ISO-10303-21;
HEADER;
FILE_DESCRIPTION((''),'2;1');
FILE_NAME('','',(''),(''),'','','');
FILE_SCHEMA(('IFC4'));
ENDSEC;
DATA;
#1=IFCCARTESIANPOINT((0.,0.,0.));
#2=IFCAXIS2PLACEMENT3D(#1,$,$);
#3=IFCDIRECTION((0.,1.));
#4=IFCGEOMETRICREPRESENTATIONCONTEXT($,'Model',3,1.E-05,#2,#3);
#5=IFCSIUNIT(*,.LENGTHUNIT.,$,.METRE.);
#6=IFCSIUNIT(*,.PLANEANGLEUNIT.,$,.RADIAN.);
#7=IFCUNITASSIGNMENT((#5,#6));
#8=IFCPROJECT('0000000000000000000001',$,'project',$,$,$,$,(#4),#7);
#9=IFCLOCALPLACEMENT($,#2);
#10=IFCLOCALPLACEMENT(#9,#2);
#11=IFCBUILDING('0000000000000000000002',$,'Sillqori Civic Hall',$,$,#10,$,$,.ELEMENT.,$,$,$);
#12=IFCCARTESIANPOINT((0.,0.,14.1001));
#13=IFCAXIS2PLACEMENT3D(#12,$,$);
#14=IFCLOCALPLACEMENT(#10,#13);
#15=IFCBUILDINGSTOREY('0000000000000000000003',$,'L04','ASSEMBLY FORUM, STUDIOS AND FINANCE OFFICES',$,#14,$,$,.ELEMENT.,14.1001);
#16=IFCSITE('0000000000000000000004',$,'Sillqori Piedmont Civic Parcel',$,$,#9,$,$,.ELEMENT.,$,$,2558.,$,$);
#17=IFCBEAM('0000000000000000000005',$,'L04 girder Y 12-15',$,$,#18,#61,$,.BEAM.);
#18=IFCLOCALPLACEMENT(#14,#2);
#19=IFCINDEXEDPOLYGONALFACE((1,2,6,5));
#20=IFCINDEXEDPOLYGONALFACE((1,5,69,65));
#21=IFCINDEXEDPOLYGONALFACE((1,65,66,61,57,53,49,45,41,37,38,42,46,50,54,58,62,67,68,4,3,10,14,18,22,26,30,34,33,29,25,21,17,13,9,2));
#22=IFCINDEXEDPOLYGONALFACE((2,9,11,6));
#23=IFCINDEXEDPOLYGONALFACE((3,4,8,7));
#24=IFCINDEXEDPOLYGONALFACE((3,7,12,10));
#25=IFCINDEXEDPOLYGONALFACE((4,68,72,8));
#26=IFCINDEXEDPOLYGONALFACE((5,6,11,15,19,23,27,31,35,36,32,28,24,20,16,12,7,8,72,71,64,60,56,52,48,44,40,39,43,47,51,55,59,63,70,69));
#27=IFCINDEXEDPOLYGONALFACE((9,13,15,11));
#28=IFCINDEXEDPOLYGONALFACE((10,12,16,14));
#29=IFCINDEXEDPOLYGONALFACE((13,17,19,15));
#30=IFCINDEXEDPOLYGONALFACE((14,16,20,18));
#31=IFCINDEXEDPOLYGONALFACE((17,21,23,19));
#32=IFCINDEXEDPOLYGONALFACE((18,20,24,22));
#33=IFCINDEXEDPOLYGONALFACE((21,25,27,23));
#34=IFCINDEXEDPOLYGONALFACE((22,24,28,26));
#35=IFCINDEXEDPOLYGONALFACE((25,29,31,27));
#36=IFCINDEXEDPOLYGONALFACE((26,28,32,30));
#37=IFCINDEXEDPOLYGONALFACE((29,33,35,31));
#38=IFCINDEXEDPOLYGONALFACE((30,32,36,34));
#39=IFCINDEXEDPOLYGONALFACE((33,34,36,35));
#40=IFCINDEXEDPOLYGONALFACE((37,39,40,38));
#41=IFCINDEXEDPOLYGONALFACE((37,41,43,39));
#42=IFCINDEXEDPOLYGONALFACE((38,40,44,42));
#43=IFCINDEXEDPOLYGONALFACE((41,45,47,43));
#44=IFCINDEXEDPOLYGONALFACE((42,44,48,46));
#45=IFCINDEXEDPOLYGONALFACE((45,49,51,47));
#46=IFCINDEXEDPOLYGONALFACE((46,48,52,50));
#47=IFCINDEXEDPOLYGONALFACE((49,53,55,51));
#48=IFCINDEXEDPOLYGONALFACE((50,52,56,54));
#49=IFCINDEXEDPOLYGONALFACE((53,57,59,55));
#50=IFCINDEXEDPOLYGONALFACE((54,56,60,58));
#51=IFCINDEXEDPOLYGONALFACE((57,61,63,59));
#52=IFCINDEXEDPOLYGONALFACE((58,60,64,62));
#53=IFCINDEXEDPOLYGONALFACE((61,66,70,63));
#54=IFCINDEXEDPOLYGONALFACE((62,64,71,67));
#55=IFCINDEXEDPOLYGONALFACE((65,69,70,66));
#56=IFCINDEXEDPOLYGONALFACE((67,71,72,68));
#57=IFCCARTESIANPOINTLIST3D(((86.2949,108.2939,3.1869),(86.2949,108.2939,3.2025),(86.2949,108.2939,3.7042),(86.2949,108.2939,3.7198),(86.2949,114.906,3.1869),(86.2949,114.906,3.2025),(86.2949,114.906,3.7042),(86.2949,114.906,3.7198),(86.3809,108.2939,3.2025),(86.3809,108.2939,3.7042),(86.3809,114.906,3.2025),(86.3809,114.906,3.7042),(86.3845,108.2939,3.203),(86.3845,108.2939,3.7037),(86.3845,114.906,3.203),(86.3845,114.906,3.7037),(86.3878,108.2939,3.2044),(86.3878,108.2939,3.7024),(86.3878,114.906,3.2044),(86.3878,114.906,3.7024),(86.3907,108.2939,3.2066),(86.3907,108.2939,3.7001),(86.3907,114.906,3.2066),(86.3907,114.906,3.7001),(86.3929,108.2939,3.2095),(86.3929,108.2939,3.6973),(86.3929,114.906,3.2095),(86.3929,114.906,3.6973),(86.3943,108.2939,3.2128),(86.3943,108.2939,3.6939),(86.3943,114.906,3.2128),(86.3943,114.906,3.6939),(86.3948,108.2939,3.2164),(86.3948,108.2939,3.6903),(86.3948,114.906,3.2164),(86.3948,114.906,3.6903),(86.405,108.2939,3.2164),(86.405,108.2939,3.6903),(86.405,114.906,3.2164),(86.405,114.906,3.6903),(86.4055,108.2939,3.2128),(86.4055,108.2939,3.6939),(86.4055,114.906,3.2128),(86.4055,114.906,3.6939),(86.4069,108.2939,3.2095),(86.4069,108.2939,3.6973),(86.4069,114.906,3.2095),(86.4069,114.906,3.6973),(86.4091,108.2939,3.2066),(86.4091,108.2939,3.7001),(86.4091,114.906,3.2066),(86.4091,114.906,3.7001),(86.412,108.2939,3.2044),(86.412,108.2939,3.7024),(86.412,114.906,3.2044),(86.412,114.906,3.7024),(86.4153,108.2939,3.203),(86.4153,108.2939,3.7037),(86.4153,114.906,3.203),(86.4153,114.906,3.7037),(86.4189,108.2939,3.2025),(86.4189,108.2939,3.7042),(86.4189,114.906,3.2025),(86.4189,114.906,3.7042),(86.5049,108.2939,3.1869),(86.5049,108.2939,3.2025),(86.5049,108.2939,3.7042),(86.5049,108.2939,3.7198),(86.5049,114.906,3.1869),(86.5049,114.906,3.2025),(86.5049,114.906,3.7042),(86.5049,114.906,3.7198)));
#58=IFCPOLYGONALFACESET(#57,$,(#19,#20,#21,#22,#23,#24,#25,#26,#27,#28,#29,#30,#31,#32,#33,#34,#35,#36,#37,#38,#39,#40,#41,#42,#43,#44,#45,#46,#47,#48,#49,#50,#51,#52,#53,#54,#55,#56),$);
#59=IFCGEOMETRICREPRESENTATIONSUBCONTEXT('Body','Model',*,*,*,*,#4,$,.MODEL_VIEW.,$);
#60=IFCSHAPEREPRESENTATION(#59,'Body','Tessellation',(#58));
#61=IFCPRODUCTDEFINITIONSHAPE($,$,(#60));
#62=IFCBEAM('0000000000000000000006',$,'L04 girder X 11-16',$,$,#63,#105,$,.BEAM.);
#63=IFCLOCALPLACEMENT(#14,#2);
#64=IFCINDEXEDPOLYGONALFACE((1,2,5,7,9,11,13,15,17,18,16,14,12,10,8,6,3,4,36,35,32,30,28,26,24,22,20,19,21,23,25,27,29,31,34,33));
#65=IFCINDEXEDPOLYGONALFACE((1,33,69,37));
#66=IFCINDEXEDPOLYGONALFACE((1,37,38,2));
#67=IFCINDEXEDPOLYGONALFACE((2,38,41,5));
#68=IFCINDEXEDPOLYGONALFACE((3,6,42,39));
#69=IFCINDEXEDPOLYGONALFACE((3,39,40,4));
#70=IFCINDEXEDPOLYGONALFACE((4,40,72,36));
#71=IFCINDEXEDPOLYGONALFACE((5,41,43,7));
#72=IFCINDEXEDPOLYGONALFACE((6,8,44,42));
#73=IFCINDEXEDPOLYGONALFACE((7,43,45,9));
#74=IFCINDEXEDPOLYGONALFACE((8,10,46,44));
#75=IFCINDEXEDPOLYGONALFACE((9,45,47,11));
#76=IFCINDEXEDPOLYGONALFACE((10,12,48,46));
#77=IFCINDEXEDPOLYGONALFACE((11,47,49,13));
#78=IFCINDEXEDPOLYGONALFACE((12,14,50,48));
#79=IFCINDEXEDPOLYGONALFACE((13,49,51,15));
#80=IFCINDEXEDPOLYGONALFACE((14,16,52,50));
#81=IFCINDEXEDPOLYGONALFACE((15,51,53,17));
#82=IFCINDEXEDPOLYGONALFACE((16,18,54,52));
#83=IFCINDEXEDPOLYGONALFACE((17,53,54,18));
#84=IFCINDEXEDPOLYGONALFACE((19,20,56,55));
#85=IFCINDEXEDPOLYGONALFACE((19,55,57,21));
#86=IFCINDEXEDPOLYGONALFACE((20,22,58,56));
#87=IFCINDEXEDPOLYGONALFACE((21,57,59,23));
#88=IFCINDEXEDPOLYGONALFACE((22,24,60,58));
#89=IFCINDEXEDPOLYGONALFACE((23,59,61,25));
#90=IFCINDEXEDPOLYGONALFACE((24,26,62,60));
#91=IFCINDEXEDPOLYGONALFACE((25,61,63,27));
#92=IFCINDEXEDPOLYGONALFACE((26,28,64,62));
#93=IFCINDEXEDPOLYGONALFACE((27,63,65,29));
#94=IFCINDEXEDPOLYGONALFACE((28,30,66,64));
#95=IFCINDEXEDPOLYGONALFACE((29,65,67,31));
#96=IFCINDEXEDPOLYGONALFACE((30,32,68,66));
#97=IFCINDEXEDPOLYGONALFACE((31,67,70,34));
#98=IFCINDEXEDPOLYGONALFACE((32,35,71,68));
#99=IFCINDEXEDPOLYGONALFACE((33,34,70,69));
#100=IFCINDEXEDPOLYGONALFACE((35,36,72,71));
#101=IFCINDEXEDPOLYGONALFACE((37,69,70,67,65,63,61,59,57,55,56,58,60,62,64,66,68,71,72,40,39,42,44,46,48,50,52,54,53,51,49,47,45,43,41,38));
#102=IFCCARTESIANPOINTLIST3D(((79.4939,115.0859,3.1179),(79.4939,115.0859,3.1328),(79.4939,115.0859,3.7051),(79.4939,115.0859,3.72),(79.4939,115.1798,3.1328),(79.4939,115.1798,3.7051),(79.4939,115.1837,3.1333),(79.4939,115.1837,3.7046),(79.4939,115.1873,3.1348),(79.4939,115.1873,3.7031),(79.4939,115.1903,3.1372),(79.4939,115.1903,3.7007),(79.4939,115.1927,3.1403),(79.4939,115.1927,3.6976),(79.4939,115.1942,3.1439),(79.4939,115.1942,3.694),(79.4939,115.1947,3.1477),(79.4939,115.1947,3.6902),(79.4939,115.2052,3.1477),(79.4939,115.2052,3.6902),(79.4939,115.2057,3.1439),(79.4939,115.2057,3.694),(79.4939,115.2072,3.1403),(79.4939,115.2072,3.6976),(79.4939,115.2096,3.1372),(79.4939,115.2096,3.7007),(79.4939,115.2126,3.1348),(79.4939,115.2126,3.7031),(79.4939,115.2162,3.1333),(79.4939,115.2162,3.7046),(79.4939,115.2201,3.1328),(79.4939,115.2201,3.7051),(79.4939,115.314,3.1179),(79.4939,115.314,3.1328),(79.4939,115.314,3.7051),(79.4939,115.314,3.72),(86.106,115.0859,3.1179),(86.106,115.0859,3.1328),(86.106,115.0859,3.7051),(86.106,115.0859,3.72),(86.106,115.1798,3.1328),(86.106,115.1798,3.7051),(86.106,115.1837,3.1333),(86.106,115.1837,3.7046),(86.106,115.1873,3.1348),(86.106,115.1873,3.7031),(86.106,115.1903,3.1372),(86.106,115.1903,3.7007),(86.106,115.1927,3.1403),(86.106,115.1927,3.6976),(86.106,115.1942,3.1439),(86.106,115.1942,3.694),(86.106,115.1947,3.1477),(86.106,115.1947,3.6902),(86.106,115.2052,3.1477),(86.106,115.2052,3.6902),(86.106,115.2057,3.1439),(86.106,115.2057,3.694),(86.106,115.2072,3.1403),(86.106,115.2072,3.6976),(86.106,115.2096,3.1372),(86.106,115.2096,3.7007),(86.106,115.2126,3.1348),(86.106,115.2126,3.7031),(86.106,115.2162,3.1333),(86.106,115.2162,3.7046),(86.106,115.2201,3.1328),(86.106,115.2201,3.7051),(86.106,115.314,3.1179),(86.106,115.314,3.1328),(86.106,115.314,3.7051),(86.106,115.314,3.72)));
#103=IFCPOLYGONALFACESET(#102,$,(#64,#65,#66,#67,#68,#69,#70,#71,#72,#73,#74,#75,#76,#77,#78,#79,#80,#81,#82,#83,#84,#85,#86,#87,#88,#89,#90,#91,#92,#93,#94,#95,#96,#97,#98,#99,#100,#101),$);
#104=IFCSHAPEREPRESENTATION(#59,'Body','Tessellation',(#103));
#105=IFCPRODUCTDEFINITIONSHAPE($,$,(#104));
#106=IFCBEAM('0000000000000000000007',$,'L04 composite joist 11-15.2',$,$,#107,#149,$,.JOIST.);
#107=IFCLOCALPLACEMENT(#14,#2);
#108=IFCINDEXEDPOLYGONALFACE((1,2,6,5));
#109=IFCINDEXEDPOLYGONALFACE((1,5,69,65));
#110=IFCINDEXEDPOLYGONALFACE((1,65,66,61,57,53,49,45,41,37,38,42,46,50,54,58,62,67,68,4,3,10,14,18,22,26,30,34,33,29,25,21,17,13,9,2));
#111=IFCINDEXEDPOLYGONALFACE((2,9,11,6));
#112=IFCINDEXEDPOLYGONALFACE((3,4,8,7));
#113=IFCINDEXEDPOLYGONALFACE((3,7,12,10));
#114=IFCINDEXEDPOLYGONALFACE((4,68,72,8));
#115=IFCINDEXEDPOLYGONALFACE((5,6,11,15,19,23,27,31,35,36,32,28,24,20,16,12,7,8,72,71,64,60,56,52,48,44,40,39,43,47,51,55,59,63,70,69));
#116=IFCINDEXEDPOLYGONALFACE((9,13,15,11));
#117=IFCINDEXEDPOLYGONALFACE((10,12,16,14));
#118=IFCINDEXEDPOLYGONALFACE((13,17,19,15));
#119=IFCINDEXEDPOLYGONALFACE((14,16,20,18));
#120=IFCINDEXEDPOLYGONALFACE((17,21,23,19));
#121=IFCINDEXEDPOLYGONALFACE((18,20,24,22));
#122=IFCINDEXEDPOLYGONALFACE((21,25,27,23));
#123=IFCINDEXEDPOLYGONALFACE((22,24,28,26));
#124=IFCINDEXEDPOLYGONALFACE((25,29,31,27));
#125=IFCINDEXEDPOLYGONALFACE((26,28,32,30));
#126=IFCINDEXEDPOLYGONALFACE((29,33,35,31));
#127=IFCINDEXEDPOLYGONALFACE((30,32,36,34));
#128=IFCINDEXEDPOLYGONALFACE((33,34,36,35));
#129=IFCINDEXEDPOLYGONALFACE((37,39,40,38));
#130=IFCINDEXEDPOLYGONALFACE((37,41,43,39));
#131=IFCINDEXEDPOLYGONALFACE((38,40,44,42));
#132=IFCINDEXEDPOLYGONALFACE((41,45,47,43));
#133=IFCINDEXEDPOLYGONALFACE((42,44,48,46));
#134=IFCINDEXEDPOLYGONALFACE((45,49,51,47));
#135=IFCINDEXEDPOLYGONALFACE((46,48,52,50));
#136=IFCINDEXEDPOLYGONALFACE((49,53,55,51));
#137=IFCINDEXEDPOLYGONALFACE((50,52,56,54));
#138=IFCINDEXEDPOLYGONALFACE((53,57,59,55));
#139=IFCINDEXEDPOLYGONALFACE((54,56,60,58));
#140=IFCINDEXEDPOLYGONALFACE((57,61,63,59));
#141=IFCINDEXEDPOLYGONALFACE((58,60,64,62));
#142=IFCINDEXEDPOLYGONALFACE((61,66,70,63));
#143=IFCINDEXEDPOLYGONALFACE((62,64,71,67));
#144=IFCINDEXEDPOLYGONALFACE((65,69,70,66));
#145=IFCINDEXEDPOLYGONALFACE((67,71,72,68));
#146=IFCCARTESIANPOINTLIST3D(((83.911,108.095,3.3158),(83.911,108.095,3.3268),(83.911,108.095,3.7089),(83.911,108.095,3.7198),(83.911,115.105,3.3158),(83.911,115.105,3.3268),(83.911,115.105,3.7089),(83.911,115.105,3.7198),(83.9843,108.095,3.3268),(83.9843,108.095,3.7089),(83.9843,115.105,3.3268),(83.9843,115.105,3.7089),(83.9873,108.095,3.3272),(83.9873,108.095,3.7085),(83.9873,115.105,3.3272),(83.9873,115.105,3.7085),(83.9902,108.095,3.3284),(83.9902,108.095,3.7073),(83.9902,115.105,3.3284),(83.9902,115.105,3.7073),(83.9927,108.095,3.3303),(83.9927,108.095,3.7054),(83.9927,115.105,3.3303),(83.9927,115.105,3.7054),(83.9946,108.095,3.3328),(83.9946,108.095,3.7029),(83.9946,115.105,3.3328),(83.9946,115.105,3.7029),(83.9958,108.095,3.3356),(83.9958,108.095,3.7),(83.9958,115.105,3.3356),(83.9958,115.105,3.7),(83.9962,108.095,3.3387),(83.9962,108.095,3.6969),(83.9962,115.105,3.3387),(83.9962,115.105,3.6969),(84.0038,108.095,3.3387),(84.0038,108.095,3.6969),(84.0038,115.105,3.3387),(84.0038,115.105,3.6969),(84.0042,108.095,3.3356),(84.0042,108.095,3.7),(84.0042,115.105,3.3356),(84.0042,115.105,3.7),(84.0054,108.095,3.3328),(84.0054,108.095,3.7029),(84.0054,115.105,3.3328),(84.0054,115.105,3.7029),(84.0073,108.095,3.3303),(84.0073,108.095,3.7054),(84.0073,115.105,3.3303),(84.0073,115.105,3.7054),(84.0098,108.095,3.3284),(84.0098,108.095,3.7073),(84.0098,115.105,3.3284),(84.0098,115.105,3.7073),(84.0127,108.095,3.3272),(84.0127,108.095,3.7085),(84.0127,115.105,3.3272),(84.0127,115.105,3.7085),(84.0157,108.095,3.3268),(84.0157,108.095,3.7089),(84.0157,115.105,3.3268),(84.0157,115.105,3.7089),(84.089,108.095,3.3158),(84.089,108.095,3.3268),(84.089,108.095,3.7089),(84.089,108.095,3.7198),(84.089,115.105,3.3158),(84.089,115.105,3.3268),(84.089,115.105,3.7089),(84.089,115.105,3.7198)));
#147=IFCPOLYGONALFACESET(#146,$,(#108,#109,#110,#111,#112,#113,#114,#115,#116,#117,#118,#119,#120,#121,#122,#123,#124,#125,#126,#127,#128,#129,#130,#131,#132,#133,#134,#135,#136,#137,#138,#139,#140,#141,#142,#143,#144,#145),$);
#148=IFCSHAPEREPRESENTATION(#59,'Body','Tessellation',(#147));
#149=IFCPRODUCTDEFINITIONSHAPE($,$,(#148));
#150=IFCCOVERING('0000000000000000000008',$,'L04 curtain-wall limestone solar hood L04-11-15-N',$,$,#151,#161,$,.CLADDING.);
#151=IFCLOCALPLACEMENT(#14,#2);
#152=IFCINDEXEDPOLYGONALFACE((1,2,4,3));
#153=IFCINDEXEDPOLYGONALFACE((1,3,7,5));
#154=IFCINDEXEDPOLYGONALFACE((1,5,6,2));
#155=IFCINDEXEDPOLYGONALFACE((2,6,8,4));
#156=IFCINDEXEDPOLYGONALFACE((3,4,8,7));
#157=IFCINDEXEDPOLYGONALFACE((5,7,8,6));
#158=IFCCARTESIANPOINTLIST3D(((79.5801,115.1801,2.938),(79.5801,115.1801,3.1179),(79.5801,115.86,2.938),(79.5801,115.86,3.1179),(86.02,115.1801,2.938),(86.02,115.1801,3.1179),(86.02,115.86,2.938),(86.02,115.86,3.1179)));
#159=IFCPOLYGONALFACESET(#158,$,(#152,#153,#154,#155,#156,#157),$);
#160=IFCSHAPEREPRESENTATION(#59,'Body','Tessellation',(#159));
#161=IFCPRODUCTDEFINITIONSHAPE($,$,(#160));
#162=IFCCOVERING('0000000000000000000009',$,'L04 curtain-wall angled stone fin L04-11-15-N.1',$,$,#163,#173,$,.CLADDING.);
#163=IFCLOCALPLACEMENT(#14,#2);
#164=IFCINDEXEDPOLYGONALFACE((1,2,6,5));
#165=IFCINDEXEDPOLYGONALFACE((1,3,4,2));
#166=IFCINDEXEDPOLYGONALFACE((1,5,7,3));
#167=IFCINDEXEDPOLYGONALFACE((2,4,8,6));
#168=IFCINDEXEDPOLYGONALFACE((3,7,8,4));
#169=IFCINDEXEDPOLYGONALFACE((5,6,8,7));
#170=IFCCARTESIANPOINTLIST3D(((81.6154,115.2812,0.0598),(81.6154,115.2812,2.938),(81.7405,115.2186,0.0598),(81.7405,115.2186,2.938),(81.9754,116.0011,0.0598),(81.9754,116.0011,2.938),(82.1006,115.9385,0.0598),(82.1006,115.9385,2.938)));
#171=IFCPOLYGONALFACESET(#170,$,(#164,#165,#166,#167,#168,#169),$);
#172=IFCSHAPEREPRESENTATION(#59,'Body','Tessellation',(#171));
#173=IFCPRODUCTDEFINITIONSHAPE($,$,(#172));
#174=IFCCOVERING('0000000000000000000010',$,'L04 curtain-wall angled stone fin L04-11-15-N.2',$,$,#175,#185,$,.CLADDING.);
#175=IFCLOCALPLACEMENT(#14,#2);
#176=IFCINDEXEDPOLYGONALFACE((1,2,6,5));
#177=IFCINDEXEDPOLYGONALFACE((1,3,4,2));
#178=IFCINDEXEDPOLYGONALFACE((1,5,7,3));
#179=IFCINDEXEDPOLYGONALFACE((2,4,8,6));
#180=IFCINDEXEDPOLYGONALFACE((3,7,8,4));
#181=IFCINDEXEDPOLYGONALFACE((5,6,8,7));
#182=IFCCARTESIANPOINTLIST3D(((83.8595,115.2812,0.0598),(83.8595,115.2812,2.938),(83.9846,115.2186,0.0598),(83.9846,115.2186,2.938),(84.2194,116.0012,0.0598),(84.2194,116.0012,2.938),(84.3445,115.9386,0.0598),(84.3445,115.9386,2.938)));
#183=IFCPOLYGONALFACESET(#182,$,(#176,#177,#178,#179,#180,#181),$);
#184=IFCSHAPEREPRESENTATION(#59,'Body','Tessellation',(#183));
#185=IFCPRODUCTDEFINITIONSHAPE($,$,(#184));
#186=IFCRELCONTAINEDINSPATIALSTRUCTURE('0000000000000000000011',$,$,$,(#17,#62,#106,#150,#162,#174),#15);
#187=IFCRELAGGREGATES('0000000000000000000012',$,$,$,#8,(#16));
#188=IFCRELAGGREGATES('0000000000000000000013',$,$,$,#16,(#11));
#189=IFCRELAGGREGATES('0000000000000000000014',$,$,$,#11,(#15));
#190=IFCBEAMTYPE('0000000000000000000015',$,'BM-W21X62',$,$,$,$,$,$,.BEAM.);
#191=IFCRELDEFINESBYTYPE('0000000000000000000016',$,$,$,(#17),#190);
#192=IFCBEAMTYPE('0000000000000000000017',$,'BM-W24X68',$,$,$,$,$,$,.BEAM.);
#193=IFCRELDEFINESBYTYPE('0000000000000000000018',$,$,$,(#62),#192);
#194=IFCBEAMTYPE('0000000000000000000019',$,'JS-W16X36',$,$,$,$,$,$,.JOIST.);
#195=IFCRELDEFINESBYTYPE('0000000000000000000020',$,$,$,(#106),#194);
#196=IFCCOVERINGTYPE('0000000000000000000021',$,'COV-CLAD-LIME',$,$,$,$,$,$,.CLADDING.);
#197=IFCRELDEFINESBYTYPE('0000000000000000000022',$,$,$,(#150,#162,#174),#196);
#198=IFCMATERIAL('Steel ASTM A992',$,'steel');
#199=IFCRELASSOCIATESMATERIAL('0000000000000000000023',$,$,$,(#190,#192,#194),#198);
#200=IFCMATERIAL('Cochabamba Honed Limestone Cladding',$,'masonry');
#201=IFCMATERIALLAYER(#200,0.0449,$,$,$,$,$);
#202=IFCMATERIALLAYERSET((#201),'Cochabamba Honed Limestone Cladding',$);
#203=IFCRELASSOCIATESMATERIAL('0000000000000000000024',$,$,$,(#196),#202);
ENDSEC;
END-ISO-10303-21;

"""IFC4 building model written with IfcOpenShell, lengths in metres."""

from ifc_helpers import new_model, si_unit, direction, frame, frame_2d, origin, origin_2d, place, context, subcontext, project, spatial, rectangle, i_section, extrude, material, layer, layer_set, material_profile, profile_set, type_object, element, save


model = new_model("IFC4")

# Units and contexts
model_context = context("Model", 3, precision=1e-05, world=origin(), true_north=direction((0.0, 1.0)))
body_context = subcontext(model_context, "Body", "Model", "MODEL_VIEW")
ifc_project = project(units=[si_unit("LENGTHUNIT", "METRE"), si_unit("PLANEANGLEUNIT", "RADIAN")], contexts=[model_context])

# Site, building, storey
site_placement = place(None, origin())
site = spatial("IfcSite", under=ifc_project, at=site_placement, Name="Sillqori Piedmont Civic Parcel", CompositionType="ELEMENT", RefElevation=2558.0)
building_placement = place(site_placement, origin())
building = spatial("IfcBuilding", under=site, at=building_placement, Name="Sillqori Civic Hall", CompositionType="ELEMENT")
storey_placement = place(building_placement, frame((0.0, 0.0, 14.1001)))
storey = spatial("IfcBuildingStorey", under=building, at=storey_placement, Name="L04", Description="ASSEMBLY FORUM, STUDIOS AND FINANCE OFFICES", CompositionType="ELEMENT", Elevation=14.1001)

# Beams
ifc_material_1 = material(Name="Steel ASTM A992", Category="steel")
ifc_material_profile_1 = material_profile(ifc_material_1, i_section(OverallWidth=0.21, OverallDepth=0.533, WebThickness=0.0103, FlangeThickness=0.0156, FilletRadius=0.0139, at=origin_2d()), Name="W21X62")
ifc_profile_set_1 = profile_set([ifc_material_profile_1], Name="Steel ASTM A992")
beam_type_1 = type_object("IfcBeamType", Name="BM-W21X62", PredefinedType="BEAM", material=ifc_profile_set_1)
beam_1_placement = place(storey_placement, frame((86.3999, 108.2939, 3.4534), z_axis=(0.0, 1.0, 0.0), x_axis=(-1.0, 0.0, 0.0)))
element("IfcBeam", 1, at=beam_1_placement, inside=storey, type_object=beam_type_1, Name="L04 girder Y 12-15", PredefinedType="BEAM", context=body_context, shape_type="SweptSolid", body=[
    extrude(i_section(OverallWidth=0.21, OverallDepth=0.533, WebThickness=0.0103, FlangeThickness=0.0156, FilletRadius=0.0139, at=origin_2d()), origin(), (0.0, 0.0, 1.0), 6.6121),
])
ifc_material_profile_2 = material_profile(ifc_material_1, i_section(OverallWidth=0.228, OverallDepth=0.6021, WebThickness=0.0105, FlangeThickness=0.0149, FilletRadius=0.0149, at=origin_2d()), Name="W24X68")
ifc_profile_set_2 = profile_set([ifc_material_profile_2], Name="Steel ASTM A992")
beam_type_2 = type_object("IfcBeamType", Name="BM-W24X68", PredefinedType="BEAM", material=ifc_profile_set_2)
beam_2_placement = place(storey_placement, frame((79.4939, 115.2, 3.4189), z_axis=(1.0, 0.0, 0.0), x_axis=(0.0, 1.0, 0.0)))
element("IfcBeam", 2, at=beam_2_placement, inside=storey, type_object=beam_type_2, Name="L04 girder X 11-16", PredefinedType="BEAM", context=body_context, shape_type="SweptSolid", body=[
    extrude(i_section(OverallWidth=0.228, OverallDepth=0.6021, WebThickness=0.0105, FlangeThickness=0.0149, FilletRadius=0.0149, at=origin_2d()), origin(), (0.0, 0.0, 1.0), 6.6121),
])

# Beam
ifc_material_profile_3 = material_profile(ifc_material_1, i_section(OverallWidth=0.178, OverallDepth=0.4041, WebThickness=0.0076, FlangeThickness=0.011, FilletRadius=0.012, at=origin_2d()), Name="W16X36")
ifc_profile_set_3 = profile_set([ifc_material_profile_3], Name="Steel ASTM A992")
beam_type_3 = type_object("IfcBeamType", Name="JS-W16X36", PredefinedType="JOIST", material=ifc_profile_set_3)
beam_3_placement = place(storey_placement, frame((84.0, 108.095, 3.5178), z_axis=(0.0, 1.0, 0.0), x_axis=(-1.0, 0.0, 0.0)))
element("IfcBeam", 3, at=beam_3_placement, inside=storey, type_object=beam_type_3, Name="L04 composite joist 11-15.2", PredefinedType="JOIST", context=body_context, shape_type="SweptSolid", body=[
    extrude(i_section(OverallWidth=0.178, OverallDepth=0.4041, WebThickness=0.0076, FlangeThickness=0.011, FilletRadius=0.012, at=origin_2d()), origin(), (0.0, 0.0, 1.0), 7.01),
])

# Coverings
ifc_material_2 = material(Name="Cochabamba Honed Limestone Cladding", Category="masonry")
ifc_layer_1 = layer(ifc_material_2, 0.0449)
ifc_layer_set_1 = layer_set([ifc_layer_1], Name="Cochabamba Honed Limestone Cladding")
covering_type = type_object("IfcCoveringType", Name="COV-CLAD-LIME", PredefinedType="CLADDING", material=ifc_layer_set_1)
covering_placement = place(storey_placement, frame((79.5801, 115.52, 2.938), z_axis=(0.0, 0.0, 1.0), x_axis=(1.0, 0.0, 0.0)))
element("IfcCovering", 4, at=covering_placement, inside=storey, type_object=covering_type, Name="L04 curtain-wall limestone solar hood L04-11-15-N", PredefinedType="CLADDING", context=body_context, shape_type="SweptSolid", body=[
    extrude(rectangle(XDim=6.4399, YDim=0.6799, at=frame_2d((3.22, 0.0))), origin(), (0.0, 0.0, 1.0), 0.1799),
])
for number, where, z_axis, x_axis, name in (
    (5, (81.678, 115.25, 0.0598), (0.0, 0.0, 1.0), (0.447335, 0.894367, 0.0), "L04 curtain-wall angled stone fin L04-11-15-N.1"),
    (6, (83.9221, 115.25, 0.0598), (0.0, 0.0, 1.0), (0.447092, 0.894488, 0.0), "L04 curtain-wall angled stone fin L04-11-15-N.2"),
):
    element("IfcCovering", number, at=place(storey_placement, frame(where, z_axis=z_axis, x_axis=x_axis)), inside=storey, type_object=covering_type, Name=name, PredefinedType="CLADDING", context=body_context, shape_type="SweptSolid", body=[
        extrude(rectangle(XDim=0.8049, YDim=0.1399, at=frame_2d((0.4023, 0.0))), origin(), (0.0, 0.0, 1.0), 2.8782),
    ])

save(model, "model.ifc")
